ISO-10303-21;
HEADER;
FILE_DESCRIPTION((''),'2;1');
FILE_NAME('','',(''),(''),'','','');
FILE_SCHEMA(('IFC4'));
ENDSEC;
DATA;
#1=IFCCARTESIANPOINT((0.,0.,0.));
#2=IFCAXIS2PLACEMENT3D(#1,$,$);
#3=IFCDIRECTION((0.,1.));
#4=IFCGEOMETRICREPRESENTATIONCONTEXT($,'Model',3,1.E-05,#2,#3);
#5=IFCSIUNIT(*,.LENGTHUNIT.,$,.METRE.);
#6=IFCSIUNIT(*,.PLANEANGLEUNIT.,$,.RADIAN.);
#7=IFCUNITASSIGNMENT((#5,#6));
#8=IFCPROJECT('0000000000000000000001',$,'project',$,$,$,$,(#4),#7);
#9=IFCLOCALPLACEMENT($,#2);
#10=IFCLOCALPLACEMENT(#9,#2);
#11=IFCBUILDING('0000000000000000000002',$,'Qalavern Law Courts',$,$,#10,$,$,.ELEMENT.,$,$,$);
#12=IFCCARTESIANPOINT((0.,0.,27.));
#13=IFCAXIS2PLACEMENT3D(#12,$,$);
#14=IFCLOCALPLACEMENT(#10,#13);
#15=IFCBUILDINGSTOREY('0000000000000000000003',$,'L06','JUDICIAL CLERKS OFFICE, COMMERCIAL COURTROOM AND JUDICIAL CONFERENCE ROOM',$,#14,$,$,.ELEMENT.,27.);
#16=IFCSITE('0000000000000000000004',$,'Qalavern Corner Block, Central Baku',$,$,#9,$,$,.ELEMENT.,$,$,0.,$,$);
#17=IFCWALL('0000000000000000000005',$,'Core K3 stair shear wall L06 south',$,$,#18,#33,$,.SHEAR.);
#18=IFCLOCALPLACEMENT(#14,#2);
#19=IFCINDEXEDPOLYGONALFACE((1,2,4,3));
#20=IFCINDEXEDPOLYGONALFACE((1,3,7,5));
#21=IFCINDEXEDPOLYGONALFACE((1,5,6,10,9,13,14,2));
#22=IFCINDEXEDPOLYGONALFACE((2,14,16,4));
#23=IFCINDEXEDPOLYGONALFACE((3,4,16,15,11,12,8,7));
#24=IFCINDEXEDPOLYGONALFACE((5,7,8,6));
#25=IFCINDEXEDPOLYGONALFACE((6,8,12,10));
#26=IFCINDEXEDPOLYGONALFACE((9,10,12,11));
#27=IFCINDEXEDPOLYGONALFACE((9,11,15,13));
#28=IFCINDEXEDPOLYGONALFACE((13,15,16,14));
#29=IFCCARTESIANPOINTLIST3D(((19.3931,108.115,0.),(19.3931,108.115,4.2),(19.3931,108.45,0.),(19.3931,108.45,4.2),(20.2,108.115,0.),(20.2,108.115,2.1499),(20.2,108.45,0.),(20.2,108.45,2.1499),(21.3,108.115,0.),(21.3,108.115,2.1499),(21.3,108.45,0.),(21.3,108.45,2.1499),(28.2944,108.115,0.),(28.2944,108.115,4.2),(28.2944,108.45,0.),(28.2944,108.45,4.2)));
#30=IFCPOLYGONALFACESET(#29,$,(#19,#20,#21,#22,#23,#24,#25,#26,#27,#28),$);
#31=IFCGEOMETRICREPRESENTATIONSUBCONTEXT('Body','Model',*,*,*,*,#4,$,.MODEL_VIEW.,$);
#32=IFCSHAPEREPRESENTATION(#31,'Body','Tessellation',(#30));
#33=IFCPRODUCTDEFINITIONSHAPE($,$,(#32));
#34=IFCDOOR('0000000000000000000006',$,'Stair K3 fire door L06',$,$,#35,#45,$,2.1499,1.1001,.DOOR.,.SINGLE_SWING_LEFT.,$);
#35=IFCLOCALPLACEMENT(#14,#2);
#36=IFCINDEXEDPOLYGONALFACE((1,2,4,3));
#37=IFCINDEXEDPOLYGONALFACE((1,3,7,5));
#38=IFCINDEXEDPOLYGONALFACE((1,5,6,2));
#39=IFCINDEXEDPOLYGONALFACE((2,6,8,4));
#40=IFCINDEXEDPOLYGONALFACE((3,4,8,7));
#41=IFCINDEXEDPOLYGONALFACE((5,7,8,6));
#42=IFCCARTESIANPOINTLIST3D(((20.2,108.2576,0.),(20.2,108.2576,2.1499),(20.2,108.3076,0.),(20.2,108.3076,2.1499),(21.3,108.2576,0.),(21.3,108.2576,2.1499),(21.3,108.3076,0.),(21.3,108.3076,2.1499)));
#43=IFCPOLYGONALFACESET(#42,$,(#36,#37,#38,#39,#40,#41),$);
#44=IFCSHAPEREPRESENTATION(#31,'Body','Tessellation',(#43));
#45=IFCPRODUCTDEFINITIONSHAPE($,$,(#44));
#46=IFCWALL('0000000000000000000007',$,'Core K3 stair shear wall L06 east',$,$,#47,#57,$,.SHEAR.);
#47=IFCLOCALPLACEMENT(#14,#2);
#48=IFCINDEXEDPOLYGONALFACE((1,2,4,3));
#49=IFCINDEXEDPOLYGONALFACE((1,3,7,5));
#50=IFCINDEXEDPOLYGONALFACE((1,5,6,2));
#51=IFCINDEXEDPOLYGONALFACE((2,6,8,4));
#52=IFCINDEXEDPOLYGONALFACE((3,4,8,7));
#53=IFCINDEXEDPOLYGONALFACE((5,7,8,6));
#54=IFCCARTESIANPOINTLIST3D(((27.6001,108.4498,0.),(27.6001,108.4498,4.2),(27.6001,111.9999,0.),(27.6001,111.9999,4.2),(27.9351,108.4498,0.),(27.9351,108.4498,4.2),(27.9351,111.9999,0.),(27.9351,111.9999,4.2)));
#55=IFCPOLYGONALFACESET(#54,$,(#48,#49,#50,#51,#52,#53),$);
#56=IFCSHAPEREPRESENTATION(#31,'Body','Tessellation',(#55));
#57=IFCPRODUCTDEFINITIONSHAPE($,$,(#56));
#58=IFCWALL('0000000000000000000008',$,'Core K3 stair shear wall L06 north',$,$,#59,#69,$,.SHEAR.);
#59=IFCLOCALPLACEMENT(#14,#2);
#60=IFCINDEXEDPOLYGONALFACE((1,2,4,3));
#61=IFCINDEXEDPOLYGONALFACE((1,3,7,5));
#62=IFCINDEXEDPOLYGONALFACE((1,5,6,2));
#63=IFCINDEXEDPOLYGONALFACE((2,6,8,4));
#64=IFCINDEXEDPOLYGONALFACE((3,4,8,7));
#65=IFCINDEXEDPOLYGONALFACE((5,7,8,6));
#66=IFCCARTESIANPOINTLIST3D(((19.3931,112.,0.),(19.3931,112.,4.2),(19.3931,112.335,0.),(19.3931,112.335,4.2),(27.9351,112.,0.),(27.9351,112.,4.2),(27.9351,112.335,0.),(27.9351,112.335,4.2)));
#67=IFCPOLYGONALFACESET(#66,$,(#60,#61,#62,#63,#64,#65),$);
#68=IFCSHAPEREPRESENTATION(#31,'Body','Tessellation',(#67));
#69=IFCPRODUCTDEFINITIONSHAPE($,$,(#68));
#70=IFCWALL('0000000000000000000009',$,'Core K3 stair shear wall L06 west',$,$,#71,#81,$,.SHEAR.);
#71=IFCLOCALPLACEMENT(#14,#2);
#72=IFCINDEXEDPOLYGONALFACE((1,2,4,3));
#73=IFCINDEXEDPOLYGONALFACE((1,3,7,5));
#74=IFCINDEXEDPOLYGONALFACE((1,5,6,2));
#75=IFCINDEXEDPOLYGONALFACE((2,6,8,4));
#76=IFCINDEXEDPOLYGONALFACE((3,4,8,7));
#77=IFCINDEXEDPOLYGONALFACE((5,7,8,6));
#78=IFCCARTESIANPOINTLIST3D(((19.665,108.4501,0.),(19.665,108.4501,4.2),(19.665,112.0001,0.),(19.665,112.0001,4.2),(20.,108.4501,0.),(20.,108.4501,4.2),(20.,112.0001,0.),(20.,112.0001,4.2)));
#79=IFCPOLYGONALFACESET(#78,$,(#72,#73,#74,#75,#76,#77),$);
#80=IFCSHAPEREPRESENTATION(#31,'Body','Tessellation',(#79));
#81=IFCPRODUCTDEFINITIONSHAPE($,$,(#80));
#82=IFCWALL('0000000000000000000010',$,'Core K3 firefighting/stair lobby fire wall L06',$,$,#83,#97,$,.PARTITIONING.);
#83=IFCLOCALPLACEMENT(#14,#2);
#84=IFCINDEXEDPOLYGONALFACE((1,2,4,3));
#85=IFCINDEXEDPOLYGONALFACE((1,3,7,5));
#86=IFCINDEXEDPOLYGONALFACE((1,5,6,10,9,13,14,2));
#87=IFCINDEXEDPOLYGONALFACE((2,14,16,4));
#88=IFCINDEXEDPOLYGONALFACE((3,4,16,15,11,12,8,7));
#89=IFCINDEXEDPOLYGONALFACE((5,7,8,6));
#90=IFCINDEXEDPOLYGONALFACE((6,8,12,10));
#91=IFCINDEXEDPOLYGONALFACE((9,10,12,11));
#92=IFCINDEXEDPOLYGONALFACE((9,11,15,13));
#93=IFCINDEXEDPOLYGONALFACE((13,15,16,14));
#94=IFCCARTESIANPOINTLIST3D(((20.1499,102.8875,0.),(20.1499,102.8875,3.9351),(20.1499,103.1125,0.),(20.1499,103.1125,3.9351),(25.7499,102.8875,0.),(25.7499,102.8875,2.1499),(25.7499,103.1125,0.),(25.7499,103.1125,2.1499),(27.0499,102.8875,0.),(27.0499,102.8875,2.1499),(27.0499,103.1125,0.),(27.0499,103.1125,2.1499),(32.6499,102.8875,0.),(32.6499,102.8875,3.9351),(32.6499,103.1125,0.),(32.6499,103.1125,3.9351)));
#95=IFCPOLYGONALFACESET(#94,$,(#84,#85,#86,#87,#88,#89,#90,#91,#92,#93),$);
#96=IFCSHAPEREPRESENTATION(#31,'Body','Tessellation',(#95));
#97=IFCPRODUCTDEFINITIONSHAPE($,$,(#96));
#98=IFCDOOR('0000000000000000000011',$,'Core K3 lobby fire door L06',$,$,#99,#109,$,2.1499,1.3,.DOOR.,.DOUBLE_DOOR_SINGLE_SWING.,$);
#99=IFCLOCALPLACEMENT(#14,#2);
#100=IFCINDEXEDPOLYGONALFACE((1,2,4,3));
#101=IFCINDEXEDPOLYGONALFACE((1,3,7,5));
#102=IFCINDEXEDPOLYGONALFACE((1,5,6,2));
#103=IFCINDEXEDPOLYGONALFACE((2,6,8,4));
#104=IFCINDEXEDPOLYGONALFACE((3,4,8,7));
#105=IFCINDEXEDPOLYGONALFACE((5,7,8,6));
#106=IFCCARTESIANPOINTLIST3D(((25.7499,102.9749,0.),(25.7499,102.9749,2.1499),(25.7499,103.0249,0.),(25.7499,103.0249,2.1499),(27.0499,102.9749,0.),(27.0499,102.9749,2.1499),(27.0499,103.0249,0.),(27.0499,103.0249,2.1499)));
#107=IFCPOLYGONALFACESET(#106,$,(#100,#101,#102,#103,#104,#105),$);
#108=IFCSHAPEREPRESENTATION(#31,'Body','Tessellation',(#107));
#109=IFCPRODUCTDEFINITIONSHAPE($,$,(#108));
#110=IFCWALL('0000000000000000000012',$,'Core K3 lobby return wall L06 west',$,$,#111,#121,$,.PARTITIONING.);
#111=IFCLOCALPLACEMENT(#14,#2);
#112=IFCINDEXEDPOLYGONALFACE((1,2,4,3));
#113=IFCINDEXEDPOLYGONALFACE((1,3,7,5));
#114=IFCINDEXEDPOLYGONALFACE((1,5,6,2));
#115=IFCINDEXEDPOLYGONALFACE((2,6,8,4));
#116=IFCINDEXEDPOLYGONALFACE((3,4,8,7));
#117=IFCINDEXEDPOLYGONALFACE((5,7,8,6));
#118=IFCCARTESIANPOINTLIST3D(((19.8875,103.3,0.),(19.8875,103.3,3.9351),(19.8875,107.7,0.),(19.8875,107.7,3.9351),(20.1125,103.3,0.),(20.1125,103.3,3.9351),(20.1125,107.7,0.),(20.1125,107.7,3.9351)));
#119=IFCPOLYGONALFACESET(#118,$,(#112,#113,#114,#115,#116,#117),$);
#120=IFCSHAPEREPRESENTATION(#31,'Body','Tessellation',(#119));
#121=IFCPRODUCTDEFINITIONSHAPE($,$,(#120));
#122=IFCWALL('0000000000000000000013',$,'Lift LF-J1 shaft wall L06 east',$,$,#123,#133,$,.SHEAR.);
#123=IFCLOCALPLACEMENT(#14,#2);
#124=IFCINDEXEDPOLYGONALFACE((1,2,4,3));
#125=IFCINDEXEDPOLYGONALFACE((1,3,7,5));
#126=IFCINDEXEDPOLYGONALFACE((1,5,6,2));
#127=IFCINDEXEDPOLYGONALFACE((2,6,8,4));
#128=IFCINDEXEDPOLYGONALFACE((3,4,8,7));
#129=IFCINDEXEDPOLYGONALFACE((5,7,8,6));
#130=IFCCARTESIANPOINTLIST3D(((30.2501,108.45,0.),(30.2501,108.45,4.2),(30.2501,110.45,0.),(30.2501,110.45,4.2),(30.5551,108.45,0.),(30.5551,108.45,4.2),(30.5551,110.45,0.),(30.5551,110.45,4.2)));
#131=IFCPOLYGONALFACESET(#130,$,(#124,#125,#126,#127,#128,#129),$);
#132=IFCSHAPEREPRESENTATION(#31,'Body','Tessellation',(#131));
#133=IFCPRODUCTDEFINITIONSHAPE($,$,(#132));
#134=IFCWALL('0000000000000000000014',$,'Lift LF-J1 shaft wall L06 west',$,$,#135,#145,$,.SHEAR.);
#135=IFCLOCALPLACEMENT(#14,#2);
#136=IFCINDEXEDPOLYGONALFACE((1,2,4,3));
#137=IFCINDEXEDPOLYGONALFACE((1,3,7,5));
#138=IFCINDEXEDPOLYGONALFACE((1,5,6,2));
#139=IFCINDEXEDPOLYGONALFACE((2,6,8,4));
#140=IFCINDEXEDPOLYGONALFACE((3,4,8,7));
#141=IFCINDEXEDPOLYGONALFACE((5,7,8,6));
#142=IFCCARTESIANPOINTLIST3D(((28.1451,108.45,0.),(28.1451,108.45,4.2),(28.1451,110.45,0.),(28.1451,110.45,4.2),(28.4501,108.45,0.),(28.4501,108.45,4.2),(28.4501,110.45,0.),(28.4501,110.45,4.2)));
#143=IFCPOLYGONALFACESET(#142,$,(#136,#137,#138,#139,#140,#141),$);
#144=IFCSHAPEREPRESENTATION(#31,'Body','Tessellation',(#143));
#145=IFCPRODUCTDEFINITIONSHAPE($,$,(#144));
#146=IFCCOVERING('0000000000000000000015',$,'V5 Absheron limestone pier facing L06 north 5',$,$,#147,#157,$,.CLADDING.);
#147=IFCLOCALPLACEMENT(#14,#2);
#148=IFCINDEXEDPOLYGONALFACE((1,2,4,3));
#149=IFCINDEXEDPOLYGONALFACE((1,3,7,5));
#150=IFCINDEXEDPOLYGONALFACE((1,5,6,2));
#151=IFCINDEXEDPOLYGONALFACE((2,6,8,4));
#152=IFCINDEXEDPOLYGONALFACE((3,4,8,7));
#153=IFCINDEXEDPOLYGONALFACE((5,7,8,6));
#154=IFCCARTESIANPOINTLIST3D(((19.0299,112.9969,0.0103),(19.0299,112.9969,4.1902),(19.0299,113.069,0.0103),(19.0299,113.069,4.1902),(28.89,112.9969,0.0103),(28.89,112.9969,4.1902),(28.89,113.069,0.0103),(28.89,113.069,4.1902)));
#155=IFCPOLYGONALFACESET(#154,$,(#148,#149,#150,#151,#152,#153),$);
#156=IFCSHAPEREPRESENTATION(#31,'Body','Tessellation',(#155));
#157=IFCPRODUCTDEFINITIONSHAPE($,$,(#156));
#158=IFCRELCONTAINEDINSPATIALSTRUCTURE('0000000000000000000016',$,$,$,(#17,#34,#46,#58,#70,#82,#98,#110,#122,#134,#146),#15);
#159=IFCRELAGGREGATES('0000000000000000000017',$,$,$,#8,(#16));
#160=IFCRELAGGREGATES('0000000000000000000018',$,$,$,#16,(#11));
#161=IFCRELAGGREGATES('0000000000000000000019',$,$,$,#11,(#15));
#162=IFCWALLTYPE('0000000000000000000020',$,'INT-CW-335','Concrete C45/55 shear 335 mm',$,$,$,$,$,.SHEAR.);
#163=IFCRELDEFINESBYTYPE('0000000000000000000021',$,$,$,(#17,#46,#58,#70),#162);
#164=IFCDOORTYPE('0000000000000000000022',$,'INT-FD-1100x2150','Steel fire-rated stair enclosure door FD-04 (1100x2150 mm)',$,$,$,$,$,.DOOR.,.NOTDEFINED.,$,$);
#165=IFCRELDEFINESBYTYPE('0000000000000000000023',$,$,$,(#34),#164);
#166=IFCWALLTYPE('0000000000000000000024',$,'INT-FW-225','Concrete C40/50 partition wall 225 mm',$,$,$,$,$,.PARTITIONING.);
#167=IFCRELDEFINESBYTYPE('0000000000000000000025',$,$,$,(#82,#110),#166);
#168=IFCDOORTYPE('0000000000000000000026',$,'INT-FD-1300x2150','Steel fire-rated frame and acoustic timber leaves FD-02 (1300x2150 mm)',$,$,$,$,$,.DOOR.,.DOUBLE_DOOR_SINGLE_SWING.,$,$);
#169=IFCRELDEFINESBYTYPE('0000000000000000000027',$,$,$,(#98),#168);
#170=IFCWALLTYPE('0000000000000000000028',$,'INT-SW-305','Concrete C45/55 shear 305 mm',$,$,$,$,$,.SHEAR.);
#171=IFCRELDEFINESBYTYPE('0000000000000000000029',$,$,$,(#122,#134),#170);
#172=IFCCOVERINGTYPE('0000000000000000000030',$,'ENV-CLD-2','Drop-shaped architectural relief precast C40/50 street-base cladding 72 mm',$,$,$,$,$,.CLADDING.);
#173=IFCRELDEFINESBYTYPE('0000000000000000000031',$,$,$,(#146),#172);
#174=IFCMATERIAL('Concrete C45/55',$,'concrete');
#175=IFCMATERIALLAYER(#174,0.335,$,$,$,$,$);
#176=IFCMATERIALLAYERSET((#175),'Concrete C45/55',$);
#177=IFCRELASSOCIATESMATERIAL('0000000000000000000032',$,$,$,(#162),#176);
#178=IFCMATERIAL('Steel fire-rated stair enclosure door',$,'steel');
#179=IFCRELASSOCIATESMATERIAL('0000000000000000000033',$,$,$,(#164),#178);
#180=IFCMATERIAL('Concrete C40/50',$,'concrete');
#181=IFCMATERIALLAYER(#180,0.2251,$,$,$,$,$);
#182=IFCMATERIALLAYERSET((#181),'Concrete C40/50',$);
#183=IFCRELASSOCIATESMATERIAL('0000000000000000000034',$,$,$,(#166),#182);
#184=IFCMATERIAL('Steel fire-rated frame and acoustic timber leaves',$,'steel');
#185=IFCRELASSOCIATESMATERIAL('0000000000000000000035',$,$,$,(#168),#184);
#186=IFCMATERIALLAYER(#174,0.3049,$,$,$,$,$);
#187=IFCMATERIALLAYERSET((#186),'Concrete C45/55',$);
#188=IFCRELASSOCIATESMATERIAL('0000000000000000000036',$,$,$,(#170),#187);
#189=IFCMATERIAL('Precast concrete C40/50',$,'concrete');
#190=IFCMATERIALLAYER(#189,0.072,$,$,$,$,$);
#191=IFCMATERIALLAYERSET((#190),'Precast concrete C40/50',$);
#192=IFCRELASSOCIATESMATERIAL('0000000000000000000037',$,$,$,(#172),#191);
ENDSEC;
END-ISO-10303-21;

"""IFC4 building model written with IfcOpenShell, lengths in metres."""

from ifc_helpers import new_model, si_unit, direction, frame, frame_2d, origin, origin_2d, place, context, subcontext, project, spatial, rectangle, extrude, material, layer, layer_set, type_object, element, fill, save


model = new_model("IFC4")

# Units and contexts
model_context = context("Model", 3, precision=1e-05, world=origin(), true_north=direction((0.0, 1.0)))
body_context = subcontext(model_context, "Body", "Model", "MODEL_VIEW")
ifc_project = project(units=[si_unit("LENGTHUNIT", "METRE"), si_unit("PLANEANGLEUNIT", "RADIAN")], contexts=[model_context])

# Site, building, storey
site_placement = place(None, origin())
site = spatial("IfcSite", under=ifc_project, at=site_placement, Name="Qalavern Corner Block, Central Baku", CompositionType="ELEMENT", RefElevation=0.0)
building_placement = place(site_placement, origin())
building = spatial("IfcBuilding", under=site, at=building_placement, Name="Qalavern Law Courts", CompositionType="ELEMENT")
storey_placement = place(building_placement, frame((0.0, 0.0, 27.0)))
storey = spatial("IfcBuildingStorey", under=building, at=storey_placement, Name="L06", Description="JUDICIAL CLERKS OFFICE, COMMERCIAL COURTROOM AND JUDICIAL CONFERENCE ROOM", CompositionType="ELEMENT", Elevation=27.0)

# Shared definitions
ifc_material_1 = material(Name="Concrete C45/55", Category="concrete")

# Shared definitions
ifc_material_2 = material(Name="Concrete C40/50", Category="concrete")

# Wall, opening, door
ifc_layer_1 = layer(ifc_material_1, 0.335)
ifc_layer_set_1 = layer_set([ifc_layer_1], Name="Concrete C45/55")
wall_type_1 = type_object("IfcWallType", Name="INT-CW-335", Description="Concrete C45/55 shear 335 mm", PredefinedType="SHEAR", material=ifc_layer_set_1)
wall_1_placement = place(storey_placement, frame((19.3931, 108.2825, 0.0), z_axis=(0.0, 0.0, 1.0), x_axis=(1.0, 0.0, 0.0)))
wall_1 = element("IfcWall", 1, at=wall_1_placement, inside=storey, type_object=wall_type_1, Name="Core K3 stair shear wall L06 south", PredefinedType="SHEAR", context=body_context, shape_type="SweptSolid", body=[
    extrude(rectangle(XDim=8.9014, YDim=0.335, at=frame_2d((4.4507, 0.0))), origin(), (0.0, 0.0, 1.0), 4.2),
])
opening_1_placement = place(wall_1_placement, frame((0.8069, 0.0, 0.0)))
opening_1 = element("IfcOpeningElement", 2, at=opening_1_placement, cuts=wall_1, PredefinedType="OPENING", context=body_context, shape_type="SweptSolid", body=[
    extrude(rectangle(XDim=1.1001, YDim=2.1499, at=frame_2d((0.55, 1.075))), frame((0.0, 0.1824, 0.0), z_axis=(0.0, -1.0, 0.0), x_axis=(1.0, 0.0, 0.0)), (0.0, 0.0, 1.0), 0.3647),
])
ifc_material_3 = material(Name="Steel fire-rated stair enclosure door", Category="steel")
door_type_1 = type_object("IfcDoorType", Name="INT-FD-1100x2150", Description="Steel fire-rated stair enclosure door FD-04 (1100x2150 mm)", OperationType="NOTDEFINED", PredefinedType="DOOR", material=ifc_material_3)
door_1_placement = place(opening_1_placement, frame((1.1001, 0.0, 0.0), z_axis=(0.0, 0.0, 1.0), x_axis=(-1.0, 0.0, 0.0)))
door_1 = element("IfcDoor", 3, at=door_1_placement, inside=storey, type_object=door_type_1, Name="Stair K3 fire door L06", OperationType="SINGLE_SWING_LEFT", OverallHeight=2.1499, OverallWidth=1.1001, PredefinedType="DOOR", context=body_context, shape_type="SweptSolid", body=[
    extrude(rectangle(XDim=1.1001, YDim=2.1499, at=frame_2d((0.55, 1.075))), frame((0.0, 0.0249, 0.0), z_axis=(0.0, -1.0, 0.0), x_axis=(1.0, 0.0, 0.0)), (0.0, 0.0, 1.0), 0.05),
])
fill(opening_1, door_1)

# Walls
wall_2_placement = place(storey_placement, frame((27.7676, 108.45, 0.0), z_axis=(0.0, 0.0, 1.0), x_axis=(0.0, 1.0, 0.0)))
element("IfcWall", 4, at=wall_2_placement, inside=storey, type_object=wall_type_1, Name="Core K3 stair shear wall L06 east", PredefinedType="SHEAR", context=body_context, shape_type="SweptSolid", body=[
    extrude(rectangle(XDim=3.55, YDim=0.335, at=frame_2d((1.7749, 0.0))), origin(), (0.0, 0.0, 1.0), 4.2),
])
wall_3_placement = place(storey_placement, frame((27.9351, 112.1675, 0.0), z_axis=(0.0, 0.0, 1.0), x_axis=(-1.0, 0.0, 0.0)))
element("IfcWall", 5, at=wall_3_placement, inside=storey, type_object=wall_type_1, Name="Core K3 stair shear wall L06 north", PredefinedType="SHEAR", context=body_context, shape_type="SweptSolid", body=[
    extrude(rectangle(XDim=8.542, YDim=0.335, at=frame_2d((4.271, 0.0))), origin(), (0.0, 0.0, 1.0), 4.2),
])
wall_4_placement = place(storey_placement, frame((19.8325, 112.0, 0.0), z_axis=(0.0, 0.0, 1.0), x_axis=(0.0, -1.0, 0.0)))
element("IfcWall", 6, at=wall_4_placement, inside=storey, type_object=wall_type_1, Name="Core K3 stair shear wall L06 west", PredefinedType="SHEAR", context=body_context, shape_type="SweptSolid", body=[
    extrude(rectangle(XDim=3.55, YDim=0.335, at=frame_2d((1.7749, 0.0))), origin(), (0.0, 0.0, 1.0), 4.2),
])

# Wall, opening, door
ifc_layer_2 = layer(ifc_material_2, 0.2251)
ifc_layer_set_2 = layer_set([ifc_layer_2], Name="Concrete C40/50")
wall_type_2 = type_object("IfcWallType", Name="INT-FW-225", Description="Concrete C40/50 partition wall 225 mm", PredefinedType="PARTITIONING", material=ifc_layer_set_2)
wall_5_placement = place(storey_placement, frame((20.1499, 103.0, 0.0), z_axis=(0.0, 0.0, 1.0), x_axis=(1.0, 0.0, 0.0)))
wall_5 = element("IfcWall", 7, at=wall_5_placement, inside=storey, type_object=wall_type_2, Name="Core K3 firefighting/stair lobby fire wall L06", PredefinedType="PARTITIONING", context=body_context, shape_type="SweptSolid", body=[
    extrude(rectangle(XDim=12.5, YDim=0.2251, at=frame_2d((6.25, 0.0))), origin(), (0.0, 0.0, 1.0), 3.9351),
])
opening_2_placement = place(wall_5_placement, frame((5.6001, 0.0, 0.0)))
opening_2 = element("IfcOpeningElement", 8, at=opening_2_placement, cuts=wall_5, PredefinedType="OPENING", context=body_context, shape_type="SweptSolid", body=[
    extrude(rectangle(XDim=1.3, YDim=2.1499, at=frame_2d((0.6499, 1.075))), frame((0.0, 0.1274, 0.0), z_axis=(0.0, -1.0, 0.0), x_axis=(1.0, 0.0, 0.0)), (0.0, 0.0, 1.0), 0.2549),
])
ifc_material_4 = material(Name="Steel fire-rated frame and acoustic timber leaves", Category="steel")
door_type_2 = type_object("IfcDoorType", Name="INT-FD-1300x2150", Description="Steel fire-rated frame and acoustic timber leaves FD-02 (1300x2150 mm)", OperationType="DOUBLE_DOOR_SINGLE_SWING", PredefinedType="DOOR", material=ifc_material_4)
door_2_placement = place(opening_2_placement, origin())
door_2 = element("IfcDoor", 9, at=door_2_placement, inside=storey, type_object=door_type_2, Name="Core K3 lobby fire door L06", OperationType="DOUBLE_DOOR_SINGLE_SWING", OverallHeight=2.1499, OverallWidth=1.3, PredefinedType="DOOR", context=body_context, shape_type="SweptSolid", body=[
    extrude(rectangle(XDim=1.3, YDim=2.1499, at=frame_2d((0.6499, 1.075))), frame((0.0, 0.0249, 0.0), z_axis=(0.0, -1.0, 0.0), x_axis=(1.0, 0.0, 0.0)), (0.0, 0.0, 1.0), 0.05),
])
fill(opening_2, door_2)

# Wall
wall_6_placement = place(storey_placement, frame((20.0, 103.3, 0.0), z_axis=(0.0, 0.0, 1.0), x_axis=(0.0, 1.0, 0.0)))
element("IfcWall", 10, at=wall_6_placement, inside=storey, type_object=wall_type_2, Name="Core K3 lobby return wall L06 west", PredefinedType="PARTITIONING", context=body_context, shape_type="SweptSolid", body=[
    extrude(rectangle(XDim=4.3999, YDim=0.2251, at=frame_2d((2.2, 0.0))), origin(), (0.0, 0.0, 1.0), 3.9351),
])

# Shared definitions
ifc_layer_3 = layer(ifc_material_1, 0.3049)
ifc_layer_set_3 = layer_set([ifc_layer_3], Name="Concrete C45/55")
wall_type_3 = type_object("IfcWallType", Name="INT-SW-305", Description="Concrete C45/55 shear 305 mm", PredefinedType="SHEAR", material=ifc_layer_set_3)

# Walls
for number, where, z_axis, x_axis, name in (
    (11, (30.4026, 108.45, 0.0), (0.0, 0.0, 1.0), (0.0, 1.0, 0.0), "Lift LF-J1 shaft wall L06 east"),
    (12, (28.2976, 110.45, 0.0), (0.0, 0.0, 1.0), (0.0, -1.0, 0.0), "Lift LF-J1 shaft wall L06 west"),
):
    element("IfcWall", number, at=place(storey_placement, frame(where, z_axis=z_axis, x_axis=x_axis)), inside=storey, type_object=wall_type_3, Name=name, PredefinedType="SHEAR", context=body_context, shape_type="SweptSolid", body=[
        extrude(rectangle(XDim=2.0, YDim=0.3049, at=frame_2d((1.0, 0.0))), origin(), (0.0, 0.0, 1.0), 4.2),
    ])

# Covering
ifc_material_5 = material(Name="Precast concrete C40/50", Category="concrete")
ifc_layer_4 = layer(ifc_material_5, 0.072)
ifc_layer_set_4 = layer_set([ifc_layer_4], Name="Precast concrete C40/50")
covering_type = type_object("IfcCoveringType", Name="ENV-CLD-2", Description="Drop-shaped architectural relief precast C40/50 street-base cladding 72 mm", PredefinedType="CLADDING", material=ifc_layer_set_4)
covering_placement = place(storey_placement, frame((23.96, 113.033, 0.0103), z_axis=(0.0, 0.0, 1.0), x_axis=(-1.0, 0.0, 0.0)))
element("IfcCovering", 13, at=covering_placement, inside=storey, type_object=covering_type, Name="V5 Absheron limestone pier facing L06 north 5", PredefinedType="CLADDING", context=body_context, shape_type="SweptSolid", body=[
    extrude(rectangle(XDim=9.8601, YDim=0.072, at=origin_2d()), origin(), (0.0, 0.0, 1.0), 4.1799),
])

save(model, "model.ifc")
